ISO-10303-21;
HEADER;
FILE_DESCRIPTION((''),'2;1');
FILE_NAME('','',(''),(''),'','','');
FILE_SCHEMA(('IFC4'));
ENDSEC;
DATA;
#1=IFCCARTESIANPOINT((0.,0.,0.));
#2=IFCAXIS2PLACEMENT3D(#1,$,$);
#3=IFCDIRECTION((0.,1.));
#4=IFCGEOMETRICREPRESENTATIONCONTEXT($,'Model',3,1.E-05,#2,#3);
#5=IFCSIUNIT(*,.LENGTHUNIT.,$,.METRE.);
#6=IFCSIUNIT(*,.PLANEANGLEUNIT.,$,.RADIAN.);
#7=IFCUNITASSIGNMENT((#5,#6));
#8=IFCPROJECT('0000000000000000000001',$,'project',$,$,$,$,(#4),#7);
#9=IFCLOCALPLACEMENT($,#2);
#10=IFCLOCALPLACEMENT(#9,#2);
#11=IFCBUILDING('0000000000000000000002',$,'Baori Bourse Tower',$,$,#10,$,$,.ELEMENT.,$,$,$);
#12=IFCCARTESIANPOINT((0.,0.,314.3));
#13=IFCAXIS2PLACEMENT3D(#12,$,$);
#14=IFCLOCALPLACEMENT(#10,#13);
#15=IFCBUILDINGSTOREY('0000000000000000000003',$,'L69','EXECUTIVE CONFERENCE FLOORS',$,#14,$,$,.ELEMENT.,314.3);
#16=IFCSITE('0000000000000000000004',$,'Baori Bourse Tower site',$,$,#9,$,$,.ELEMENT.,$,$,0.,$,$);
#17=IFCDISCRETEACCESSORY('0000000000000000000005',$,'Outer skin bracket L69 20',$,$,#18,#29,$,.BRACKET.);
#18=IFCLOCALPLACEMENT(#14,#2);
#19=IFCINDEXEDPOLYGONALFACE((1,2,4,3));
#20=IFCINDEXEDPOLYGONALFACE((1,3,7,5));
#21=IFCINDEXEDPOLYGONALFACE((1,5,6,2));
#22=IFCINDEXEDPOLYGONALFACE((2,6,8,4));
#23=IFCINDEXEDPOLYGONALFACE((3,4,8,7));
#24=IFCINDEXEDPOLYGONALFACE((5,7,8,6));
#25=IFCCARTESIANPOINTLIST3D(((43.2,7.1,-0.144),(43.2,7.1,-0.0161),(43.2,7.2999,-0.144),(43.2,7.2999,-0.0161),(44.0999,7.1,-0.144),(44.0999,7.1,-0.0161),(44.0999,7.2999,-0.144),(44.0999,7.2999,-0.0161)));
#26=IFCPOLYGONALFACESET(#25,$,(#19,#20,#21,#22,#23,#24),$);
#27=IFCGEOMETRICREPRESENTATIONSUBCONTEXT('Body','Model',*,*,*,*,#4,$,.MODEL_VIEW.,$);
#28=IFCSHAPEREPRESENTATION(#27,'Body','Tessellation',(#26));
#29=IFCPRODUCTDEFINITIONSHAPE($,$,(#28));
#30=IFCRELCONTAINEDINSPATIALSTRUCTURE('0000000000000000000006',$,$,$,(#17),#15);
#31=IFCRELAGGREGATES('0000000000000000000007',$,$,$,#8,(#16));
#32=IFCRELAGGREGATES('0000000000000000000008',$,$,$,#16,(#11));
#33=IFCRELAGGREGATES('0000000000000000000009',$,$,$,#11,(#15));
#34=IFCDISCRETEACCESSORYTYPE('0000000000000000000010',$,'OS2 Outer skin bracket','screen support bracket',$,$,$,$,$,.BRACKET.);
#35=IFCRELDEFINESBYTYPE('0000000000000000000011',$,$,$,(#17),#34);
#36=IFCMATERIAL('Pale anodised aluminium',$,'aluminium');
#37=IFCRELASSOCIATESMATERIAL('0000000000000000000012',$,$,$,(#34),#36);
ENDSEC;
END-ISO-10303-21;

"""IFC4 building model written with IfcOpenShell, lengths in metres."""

from ifc_helpers import new_model, si_unit, direction, frame, origin, origin_2d, place, context, subcontext, project, spatial, rectangle, extrude, material, type_object, element, save


model = new_model("IFC4")

# Units and contexts
model_context = context("Model", 3, precision=1e-05, world=origin(), true_north=direction((0.0, 1.0)))
body_context = subcontext(model_context, "Body", "Model", "MODEL_VIEW")
ifc_project = project(units=[si_unit("LENGTHUNIT", "METRE"), si_unit("PLANEANGLEUNIT", "RADIAN")], contexts=[model_context])

# Site, building, storey
site_placement = place(None, origin())
site = spatial("IfcSite", under=ifc_project, at=site_placement, Name="Baori Bourse Tower site", CompositionType="ELEMENT", RefElevation=0.0)
building_placement = place(site_placement, origin())
building = spatial("IfcBuilding", under=site, at=building_placement, Name="Baori Bourse Tower", CompositionType="ELEMENT")
storey_placement = place(building_placement, frame((0.0, 0.0, 314.3)))
storey = spatial("IfcBuildingStorey", under=building, at=storey_placement, Name="L69", Description="EXECUTIVE CONFERENCE FLOORS", CompositionType="ELEMENT", Elevation=314.3)

# Discrete accessory
ifc_material_1 = material(Name="Pale anodised aluminium", Category="aluminium")
discrete_accessory_type = type_object("IfcDiscreteAccessoryType", Name="OS2 Outer skin bracket", Description="screen support bracket", PredefinedType="BRACKET", material=ifc_material_1)
for number, where, z_axis, x_axis, name in (
    (1, (43.6499, 7.2, -0.144), (0.0, 0.0, 1.0), (0.0, 1.0, 0.0), "Outer skin bracket L69 20"),
):
    element("IfcDiscreteAccessory", number, at=place(storey_placement, frame(where, z_axis=z_axis, x_axis=x_axis)), inside=storey, type_object=discrete_accessory_type, Name=name, PredefinedType="BRACKET", context=body_context, shape_type="SweptSolid", body=[
        extrude(rectangle(XDim=0.2, YDim=0.8999, at=origin_2d()), origin(), (0.0, 0.0, 1.0), 0.1279),
    ])

save(model, "model.ifc")
